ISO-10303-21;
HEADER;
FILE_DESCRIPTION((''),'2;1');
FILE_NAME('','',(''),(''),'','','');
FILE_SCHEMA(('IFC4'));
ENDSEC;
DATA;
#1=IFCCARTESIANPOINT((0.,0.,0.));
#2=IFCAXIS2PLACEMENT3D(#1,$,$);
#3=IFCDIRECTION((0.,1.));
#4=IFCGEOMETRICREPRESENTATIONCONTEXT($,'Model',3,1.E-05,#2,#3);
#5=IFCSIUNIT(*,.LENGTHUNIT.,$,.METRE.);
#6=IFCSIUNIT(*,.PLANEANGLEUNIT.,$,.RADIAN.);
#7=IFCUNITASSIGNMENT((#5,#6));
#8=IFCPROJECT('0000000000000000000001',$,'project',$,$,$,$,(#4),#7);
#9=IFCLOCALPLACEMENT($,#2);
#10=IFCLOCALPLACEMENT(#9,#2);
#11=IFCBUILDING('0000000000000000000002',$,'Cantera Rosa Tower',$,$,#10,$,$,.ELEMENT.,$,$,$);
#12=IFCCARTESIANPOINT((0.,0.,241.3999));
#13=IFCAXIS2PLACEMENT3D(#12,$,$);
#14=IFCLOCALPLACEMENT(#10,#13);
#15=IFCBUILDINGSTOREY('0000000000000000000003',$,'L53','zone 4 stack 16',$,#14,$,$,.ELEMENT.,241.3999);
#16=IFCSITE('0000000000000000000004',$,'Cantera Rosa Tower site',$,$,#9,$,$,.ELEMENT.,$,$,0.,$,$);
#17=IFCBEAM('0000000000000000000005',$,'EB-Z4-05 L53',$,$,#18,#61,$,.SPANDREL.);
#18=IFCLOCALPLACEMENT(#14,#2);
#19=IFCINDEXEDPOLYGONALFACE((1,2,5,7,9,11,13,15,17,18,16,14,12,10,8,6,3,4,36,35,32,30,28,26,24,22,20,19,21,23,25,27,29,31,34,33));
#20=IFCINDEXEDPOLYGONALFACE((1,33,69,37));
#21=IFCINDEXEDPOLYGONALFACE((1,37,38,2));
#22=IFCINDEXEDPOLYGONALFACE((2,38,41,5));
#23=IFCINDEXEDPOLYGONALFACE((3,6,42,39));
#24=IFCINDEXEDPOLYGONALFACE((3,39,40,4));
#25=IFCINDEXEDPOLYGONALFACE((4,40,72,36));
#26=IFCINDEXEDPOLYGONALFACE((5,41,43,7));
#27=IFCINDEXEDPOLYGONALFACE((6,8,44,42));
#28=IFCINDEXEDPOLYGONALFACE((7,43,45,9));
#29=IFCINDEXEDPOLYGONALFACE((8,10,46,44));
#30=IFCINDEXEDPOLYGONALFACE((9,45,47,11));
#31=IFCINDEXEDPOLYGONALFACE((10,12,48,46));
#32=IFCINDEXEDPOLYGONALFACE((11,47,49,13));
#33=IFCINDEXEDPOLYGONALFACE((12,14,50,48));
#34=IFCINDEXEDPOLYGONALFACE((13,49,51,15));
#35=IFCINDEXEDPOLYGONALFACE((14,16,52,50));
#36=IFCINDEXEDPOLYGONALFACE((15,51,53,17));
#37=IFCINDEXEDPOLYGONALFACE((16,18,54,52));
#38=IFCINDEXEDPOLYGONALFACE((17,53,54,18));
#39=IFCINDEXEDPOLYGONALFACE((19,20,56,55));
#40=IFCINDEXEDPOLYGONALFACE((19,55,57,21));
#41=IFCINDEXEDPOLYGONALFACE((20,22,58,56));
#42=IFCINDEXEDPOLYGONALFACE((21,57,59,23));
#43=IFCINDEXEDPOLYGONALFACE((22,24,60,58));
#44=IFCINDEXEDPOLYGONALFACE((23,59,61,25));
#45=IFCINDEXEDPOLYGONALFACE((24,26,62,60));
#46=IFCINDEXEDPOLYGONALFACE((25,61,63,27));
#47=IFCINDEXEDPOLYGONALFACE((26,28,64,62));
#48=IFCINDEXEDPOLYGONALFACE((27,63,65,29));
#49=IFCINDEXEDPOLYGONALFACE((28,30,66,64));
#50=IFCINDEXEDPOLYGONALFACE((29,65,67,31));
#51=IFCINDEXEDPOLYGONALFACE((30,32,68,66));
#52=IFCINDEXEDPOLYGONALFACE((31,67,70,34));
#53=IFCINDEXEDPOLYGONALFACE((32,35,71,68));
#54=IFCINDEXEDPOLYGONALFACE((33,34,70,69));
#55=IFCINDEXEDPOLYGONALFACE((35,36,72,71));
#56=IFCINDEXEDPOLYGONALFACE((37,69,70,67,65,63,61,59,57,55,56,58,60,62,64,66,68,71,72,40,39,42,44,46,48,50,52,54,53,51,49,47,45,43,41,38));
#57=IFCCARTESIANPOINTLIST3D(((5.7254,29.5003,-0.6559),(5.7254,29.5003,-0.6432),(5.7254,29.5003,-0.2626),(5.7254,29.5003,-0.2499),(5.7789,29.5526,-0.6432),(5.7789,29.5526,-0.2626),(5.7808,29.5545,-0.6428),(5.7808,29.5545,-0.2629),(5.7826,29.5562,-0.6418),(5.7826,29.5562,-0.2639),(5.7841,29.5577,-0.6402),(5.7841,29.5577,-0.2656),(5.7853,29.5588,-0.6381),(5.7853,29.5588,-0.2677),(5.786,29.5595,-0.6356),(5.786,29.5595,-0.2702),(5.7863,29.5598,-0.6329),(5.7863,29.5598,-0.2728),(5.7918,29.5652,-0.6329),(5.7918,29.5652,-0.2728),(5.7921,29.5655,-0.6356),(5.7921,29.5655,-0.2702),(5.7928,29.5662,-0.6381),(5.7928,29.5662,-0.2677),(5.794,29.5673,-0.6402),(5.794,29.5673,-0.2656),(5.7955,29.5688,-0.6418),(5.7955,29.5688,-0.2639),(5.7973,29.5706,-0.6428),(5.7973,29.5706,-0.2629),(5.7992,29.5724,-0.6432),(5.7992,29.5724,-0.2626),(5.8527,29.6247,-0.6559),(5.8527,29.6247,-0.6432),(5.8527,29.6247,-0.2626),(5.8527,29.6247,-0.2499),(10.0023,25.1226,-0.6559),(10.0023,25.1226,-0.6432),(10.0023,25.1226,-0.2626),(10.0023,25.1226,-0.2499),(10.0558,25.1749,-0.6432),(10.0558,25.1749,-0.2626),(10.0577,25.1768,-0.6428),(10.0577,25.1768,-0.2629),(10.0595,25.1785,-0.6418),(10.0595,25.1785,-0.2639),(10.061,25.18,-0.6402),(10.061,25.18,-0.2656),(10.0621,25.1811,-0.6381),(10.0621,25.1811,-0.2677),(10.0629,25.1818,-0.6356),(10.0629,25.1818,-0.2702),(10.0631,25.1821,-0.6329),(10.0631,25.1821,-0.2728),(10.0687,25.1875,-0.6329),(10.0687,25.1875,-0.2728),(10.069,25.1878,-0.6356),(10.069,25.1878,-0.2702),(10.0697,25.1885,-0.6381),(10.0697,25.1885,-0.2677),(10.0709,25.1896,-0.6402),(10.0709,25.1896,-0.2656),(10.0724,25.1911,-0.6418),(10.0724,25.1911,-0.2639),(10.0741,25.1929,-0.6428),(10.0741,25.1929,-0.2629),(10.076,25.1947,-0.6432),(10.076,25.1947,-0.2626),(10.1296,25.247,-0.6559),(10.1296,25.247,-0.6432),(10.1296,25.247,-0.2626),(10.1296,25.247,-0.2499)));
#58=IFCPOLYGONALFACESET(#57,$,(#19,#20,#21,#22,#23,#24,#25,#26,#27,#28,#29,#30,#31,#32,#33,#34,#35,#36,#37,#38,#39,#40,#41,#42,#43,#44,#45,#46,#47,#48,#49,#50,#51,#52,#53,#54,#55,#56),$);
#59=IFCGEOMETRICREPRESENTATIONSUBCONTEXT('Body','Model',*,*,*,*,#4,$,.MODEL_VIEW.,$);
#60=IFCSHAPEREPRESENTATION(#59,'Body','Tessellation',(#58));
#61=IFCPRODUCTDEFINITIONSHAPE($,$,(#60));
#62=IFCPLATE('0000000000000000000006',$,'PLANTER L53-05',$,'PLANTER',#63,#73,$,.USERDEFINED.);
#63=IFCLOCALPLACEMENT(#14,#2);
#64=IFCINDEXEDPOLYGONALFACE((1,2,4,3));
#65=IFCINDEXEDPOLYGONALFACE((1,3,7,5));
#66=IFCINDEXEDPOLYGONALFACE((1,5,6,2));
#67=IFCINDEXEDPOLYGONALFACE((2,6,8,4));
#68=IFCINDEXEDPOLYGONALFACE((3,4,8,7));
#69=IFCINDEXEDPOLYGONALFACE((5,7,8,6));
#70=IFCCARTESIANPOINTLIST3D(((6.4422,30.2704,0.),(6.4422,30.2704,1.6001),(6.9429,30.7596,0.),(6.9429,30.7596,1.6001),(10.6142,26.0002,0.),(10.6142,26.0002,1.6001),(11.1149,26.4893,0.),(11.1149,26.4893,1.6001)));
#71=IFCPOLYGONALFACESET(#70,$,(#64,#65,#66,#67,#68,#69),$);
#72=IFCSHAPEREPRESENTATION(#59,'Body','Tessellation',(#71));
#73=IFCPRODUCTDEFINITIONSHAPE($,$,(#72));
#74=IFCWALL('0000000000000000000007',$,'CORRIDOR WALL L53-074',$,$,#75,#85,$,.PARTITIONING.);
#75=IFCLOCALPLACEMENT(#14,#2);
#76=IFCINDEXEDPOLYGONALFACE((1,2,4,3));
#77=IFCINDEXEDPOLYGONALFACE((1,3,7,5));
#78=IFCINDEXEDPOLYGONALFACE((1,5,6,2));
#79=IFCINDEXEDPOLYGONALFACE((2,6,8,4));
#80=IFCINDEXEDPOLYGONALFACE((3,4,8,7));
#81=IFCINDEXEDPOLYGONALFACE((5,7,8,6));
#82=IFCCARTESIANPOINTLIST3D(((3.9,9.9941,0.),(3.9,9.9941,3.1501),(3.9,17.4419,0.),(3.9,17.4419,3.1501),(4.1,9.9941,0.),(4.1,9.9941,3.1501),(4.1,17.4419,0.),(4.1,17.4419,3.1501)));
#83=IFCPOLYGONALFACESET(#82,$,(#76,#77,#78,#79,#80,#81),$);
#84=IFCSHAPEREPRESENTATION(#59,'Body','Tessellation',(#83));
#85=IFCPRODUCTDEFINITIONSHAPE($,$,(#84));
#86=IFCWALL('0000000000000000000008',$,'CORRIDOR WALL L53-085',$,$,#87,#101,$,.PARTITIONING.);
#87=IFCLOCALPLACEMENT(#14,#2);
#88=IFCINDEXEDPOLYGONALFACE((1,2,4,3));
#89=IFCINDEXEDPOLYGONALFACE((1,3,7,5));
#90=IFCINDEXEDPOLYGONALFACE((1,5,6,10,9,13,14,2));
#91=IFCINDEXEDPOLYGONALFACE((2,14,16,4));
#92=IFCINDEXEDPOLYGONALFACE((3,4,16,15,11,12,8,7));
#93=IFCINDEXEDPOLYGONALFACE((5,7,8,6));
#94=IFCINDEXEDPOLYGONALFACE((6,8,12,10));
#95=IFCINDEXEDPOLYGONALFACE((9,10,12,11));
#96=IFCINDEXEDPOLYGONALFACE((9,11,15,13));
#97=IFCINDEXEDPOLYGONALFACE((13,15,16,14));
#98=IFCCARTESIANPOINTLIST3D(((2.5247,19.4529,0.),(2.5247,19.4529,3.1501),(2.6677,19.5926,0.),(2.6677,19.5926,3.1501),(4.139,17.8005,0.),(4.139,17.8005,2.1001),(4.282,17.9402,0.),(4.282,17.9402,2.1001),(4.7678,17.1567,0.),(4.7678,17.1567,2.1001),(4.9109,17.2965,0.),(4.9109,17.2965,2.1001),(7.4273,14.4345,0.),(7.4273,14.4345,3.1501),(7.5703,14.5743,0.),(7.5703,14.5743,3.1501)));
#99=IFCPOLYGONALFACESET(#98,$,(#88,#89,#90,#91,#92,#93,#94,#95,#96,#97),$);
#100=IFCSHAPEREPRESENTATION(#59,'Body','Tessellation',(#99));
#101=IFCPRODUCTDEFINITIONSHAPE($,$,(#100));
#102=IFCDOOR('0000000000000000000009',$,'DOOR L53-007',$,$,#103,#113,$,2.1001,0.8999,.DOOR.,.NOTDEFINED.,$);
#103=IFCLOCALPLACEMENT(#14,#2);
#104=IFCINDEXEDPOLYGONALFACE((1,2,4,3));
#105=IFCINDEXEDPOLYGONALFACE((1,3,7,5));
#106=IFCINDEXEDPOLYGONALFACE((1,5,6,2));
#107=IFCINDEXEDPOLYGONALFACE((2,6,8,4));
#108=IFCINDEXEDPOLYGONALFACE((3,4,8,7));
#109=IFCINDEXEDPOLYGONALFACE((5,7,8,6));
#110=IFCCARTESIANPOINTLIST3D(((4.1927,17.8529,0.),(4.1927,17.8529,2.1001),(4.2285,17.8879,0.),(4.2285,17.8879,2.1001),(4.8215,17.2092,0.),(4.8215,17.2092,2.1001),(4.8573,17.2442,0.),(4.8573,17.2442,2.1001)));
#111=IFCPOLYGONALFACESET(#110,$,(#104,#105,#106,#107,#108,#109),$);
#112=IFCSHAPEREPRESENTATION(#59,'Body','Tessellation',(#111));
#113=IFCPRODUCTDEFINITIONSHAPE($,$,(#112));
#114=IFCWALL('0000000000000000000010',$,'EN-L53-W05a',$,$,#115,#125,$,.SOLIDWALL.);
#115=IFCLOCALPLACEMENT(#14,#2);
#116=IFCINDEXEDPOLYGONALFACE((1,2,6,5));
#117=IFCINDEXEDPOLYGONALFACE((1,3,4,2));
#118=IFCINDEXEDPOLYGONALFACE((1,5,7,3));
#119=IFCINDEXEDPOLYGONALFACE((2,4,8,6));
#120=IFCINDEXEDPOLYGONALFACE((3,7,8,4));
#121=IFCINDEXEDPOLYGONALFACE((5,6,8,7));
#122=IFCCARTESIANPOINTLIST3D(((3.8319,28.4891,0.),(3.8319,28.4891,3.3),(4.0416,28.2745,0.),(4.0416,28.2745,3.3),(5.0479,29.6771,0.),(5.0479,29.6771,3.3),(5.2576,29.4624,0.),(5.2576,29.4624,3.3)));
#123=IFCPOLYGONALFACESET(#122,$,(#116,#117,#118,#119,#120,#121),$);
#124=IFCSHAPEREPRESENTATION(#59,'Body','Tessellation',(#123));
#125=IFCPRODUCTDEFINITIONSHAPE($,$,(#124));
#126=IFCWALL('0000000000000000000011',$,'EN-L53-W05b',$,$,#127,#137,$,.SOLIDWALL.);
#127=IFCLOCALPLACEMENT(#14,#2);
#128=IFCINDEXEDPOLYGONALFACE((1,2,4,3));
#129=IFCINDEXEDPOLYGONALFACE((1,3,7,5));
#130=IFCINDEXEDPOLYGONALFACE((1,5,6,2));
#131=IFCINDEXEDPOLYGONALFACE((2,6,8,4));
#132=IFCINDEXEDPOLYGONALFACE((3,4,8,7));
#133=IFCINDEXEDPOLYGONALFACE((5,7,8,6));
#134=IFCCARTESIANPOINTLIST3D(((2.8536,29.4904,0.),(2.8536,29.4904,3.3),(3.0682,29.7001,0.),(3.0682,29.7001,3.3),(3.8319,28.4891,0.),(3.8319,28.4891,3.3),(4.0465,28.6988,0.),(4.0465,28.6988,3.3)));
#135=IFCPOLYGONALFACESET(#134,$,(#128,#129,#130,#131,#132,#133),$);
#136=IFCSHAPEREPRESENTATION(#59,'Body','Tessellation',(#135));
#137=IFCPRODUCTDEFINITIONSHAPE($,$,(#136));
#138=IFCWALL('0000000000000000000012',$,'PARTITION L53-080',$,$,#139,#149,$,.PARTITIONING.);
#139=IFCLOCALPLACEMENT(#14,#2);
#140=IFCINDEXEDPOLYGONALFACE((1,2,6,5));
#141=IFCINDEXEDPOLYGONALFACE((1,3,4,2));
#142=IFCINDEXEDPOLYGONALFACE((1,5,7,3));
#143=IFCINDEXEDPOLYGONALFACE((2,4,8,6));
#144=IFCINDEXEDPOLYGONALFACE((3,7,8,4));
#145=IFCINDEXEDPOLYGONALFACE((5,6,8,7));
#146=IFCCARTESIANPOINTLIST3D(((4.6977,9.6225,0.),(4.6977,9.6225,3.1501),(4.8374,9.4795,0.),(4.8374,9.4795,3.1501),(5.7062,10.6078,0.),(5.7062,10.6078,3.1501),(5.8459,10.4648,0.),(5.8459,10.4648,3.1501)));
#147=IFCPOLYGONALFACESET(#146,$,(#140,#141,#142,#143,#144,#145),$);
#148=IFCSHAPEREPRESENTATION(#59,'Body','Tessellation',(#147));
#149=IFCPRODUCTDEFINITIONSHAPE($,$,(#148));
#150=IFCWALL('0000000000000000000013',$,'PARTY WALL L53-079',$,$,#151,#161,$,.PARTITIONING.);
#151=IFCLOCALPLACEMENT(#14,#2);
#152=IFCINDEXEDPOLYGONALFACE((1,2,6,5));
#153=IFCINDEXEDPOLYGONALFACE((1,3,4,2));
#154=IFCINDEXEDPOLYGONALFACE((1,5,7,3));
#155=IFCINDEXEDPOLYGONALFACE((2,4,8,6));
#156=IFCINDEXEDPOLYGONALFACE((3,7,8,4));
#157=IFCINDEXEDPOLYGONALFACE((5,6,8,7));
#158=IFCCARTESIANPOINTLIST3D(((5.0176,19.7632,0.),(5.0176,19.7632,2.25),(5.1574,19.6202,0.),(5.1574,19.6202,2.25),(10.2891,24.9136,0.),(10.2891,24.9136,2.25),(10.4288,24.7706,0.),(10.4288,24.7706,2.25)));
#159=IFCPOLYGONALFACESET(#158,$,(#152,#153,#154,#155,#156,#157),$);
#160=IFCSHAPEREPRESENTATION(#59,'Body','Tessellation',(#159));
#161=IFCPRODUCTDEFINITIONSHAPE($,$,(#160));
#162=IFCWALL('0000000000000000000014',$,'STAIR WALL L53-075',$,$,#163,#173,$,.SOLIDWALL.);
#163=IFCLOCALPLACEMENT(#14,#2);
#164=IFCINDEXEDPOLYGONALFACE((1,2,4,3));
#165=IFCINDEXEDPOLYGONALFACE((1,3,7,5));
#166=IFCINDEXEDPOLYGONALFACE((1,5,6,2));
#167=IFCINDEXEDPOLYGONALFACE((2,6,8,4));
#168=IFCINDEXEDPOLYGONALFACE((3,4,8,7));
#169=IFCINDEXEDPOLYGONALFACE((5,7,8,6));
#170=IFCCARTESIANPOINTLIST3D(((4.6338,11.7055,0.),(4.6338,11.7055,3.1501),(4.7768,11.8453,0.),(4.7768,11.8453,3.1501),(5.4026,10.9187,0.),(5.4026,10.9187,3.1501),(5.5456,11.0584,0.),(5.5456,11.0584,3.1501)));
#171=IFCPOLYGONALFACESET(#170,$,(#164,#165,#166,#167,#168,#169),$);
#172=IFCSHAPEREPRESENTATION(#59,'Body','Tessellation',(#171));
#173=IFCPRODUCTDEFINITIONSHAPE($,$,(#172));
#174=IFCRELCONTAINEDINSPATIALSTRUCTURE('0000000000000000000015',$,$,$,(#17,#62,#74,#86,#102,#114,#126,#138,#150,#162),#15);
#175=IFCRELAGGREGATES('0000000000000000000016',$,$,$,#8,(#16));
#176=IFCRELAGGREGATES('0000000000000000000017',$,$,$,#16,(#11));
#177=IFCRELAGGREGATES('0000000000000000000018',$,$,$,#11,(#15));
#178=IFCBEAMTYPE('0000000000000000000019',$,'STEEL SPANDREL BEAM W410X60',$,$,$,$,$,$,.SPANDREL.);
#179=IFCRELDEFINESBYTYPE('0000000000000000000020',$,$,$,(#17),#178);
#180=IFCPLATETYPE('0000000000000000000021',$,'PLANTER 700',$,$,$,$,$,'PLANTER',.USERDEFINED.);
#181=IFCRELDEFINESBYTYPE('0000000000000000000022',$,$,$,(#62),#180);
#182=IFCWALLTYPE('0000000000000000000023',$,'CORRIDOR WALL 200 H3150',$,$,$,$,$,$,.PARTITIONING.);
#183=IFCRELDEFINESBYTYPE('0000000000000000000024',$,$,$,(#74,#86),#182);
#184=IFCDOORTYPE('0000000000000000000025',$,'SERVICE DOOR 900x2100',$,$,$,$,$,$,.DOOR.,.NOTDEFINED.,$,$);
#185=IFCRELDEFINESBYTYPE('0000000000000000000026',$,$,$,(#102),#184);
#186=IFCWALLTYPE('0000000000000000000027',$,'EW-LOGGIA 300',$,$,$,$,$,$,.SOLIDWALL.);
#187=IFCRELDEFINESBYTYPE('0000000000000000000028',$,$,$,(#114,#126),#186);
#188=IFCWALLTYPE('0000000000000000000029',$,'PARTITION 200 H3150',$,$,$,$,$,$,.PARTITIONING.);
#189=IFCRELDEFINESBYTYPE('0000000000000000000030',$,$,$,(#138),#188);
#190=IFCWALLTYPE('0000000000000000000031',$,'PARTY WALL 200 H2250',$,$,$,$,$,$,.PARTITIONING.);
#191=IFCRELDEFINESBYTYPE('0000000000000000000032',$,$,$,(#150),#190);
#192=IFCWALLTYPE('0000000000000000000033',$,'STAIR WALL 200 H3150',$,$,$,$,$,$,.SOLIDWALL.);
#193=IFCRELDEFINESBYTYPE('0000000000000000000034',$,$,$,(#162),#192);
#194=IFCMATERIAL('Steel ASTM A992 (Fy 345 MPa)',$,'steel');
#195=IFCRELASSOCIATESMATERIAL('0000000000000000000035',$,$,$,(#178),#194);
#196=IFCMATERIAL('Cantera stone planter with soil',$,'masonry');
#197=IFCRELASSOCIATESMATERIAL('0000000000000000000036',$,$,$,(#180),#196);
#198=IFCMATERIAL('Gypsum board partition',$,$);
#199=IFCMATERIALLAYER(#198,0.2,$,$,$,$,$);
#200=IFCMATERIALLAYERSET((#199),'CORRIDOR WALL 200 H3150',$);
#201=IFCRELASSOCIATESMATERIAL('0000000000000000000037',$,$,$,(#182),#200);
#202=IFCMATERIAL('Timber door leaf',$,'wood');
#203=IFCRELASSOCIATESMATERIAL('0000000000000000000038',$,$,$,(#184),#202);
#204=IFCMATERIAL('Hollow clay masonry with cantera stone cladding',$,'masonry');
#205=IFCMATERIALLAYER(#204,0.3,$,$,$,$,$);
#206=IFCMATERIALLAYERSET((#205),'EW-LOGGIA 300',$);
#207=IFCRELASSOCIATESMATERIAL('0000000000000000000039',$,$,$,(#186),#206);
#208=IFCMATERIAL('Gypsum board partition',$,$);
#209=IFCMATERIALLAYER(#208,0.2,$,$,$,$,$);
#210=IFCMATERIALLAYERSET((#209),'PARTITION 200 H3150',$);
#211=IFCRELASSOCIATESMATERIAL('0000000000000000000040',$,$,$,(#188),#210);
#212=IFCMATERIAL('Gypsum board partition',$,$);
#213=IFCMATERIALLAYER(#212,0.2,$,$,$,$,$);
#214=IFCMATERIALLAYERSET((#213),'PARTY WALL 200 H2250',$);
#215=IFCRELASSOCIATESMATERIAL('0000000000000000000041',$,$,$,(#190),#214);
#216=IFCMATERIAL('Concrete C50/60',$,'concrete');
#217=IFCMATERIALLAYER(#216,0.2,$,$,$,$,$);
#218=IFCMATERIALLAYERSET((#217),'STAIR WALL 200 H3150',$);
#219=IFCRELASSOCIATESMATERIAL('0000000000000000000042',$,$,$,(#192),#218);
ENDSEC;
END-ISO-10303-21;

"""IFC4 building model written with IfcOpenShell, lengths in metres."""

from ifc_helpers import new_model, si_unit, direction, frame, frame_2d, origin, origin_2d, place, context, subcontext, project, spatial, rectangle, i_section, extrude, material, layer, layer_set, material_profile, profile_set, type_object, element, fill, save


model = new_model("IFC4")

# Units and contexts
model_context = context("Model", 3, precision=1e-05, world=origin(), true_north=direction((0.0, 1.0)))
body_context = subcontext(model_context, "Body", "Model", "MODEL_VIEW")
ifc_project = project(units=[si_unit("LENGTHUNIT", "METRE"), si_unit("PLANEANGLEUNIT", "RADIAN")], contexts=[model_context])

# Site, building, storey
site_placement = place(None, origin())
site = spatial("IfcSite", under=ifc_project, at=site_placement, Name="Cantera Rosa Tower site", CompositionType="ELEMENT", RefElevation=0.0)
building_placement = place(site_placement, origin())
building = spatial("IfcBuilding", under=site, at=building_placement, Name="Cantera Rosa Tower", CompositionType="ELEMENT")
storey_placement = place(building_placement, frame((0.0, 0.0, 241.3999)))
storey = spatial("IfcBuildingStorey", under=building, at=storey_placement, Name="L53", Description="zone 4 stack 16", CompositionType="ELEMENT", Elevation=241.3999)

# Beam
ifc_material_1 = material(Name="Steel ASTM A992 (Fy 345 MPa)", Category="steel")
ifc_material_profile_1 = material_profile(ifc_material_1, i_section(OverallWidth=0.178, OverallDepth=0.406, WebThickness=0.0078, FlangeThickness=0.0127, FilletRadius=0.0103, at=origin_2d()), Name="W410X60")
ifc_profile_set_1 = profile_set([ifc_material_profile_1], Name="Steel ASTM A992 (Fy 345 MPa)")
beam_type_1 = type_object("IfcBeamType", Name="STEEL SPANDREL BEAM W410X60", PredefinedType="SPANDREL", material=ifc_profile_set_1)
beam_1_placement = place(storey_placement, frame((10.0659, 25.1848, -0.4529), z_axis=(-0.698821, 0.715296, 0.0), x_axis=(-0.715296, -0.698821, 0.0)))
element("IfcBeam", 1, at=beam_1_placement, inside=storey, type_object=beam_type_1, Name="EB-Z4-05 L53", PredefinedType="SPANDREL", context=body_context, shape_type="SweptSolid", body=[
    extrude(i_section(OverallWidth=0.178, OverallDepth=0.406, WebThickness=0.0078, FlangeThickness=0.0127, FilletRadius=0.0103, at=origin_2d()), origin(), (0.0, 0.0, 1.0), 6.1201),
])

# Plate
ifc_material_2 = material(Name="Cantera stone planter with soil", Category="masonry")
plate_type = type_object("IfcPlateType", Name="PLANTER 700", ElementType="PLANTER", PredefinedType="USERDEFINED", material=ifc_material_2)
plate_placement = place(storey_placement, frame((8.7786, 28.3799, 0.0), z_axis=(0.0, 0.0, 1.0), x_axis=(-0.698832, 0.715286, 0.0)))
element("IfcPlate", 2, at=plate_placement, inside=storey, type_object=plate_type, Name="PLANTER L53-05", ObjectType="PLANTER", PredefinedType="USERDEFINED", context=body_context, shape_type="SweptSolid", body=[
    extrude(rectangle(XDim=5.97, YDim=0.7, at=origin_2d()), origin(), (0.0, 0.0, 1.0), 1.6001),
])

# Wall
ifc_material_3 = material(Name="Gypsum board partition")
ifc_layer_1 = layer(ifc_material_3, 0.2)
ifc_layer_set_1 = layer_set([ifc_layer_1], Name="CORRIDOR WALL 200 H3150")
wall_type_1 = type_object("IfcWallType", Name="CORRIDOR WALL 200 H3150", PredefinedType="PARTITIONING", material=ifc_layer_set_1)
wall_1_placement = place(storey_placement, frame((4.0, 9.9941, 0.0), z_axis=(0.0, 0.0, 1.0), x_axis=(0.0, 1.0, 0.0)))
element("IfcWall", 3, at=wall_1_placement, inside=storey, type_object=wall_type_1, Name="CORRIDOR WALL L53-074", PredefinedType="PARTITIONING", context=body_context, shape_type="SweptSolid", body=[
    extrude(rectangle(XDim=7.4478, YDim=0.2, at=frame_2d((3.7239, 0.0))), origin(), (0.0, 0.0, 1.0), 3.1501),
])

# Wall, opening, door
wall_2_placement = place(storey_placement, frame((7.4988, 14.5044, 0.0), z_axis=(0.0, 0.0, 1.0), x_axis=(-0.698811, 0.715306, 0.0)))
wall_2 = element("IfcWall", 4, at=wall_2_placement, inside=storey, type_object=wall_type_1, Name="CORRIDOR WALL L53-085", PredefinedType="PARTITIONING", context=body_context, shape_type="SweptSolid", body=[
    extrude(rectangle(XDim=7.0156, YDim=0.2, at=frame_2d((3.5078, 0.0))), origin(), (0.0, 0.0, 1.0), 3.1501),
])
opening_1_placement = place(wall_2_placement, frame((3.8057, 0.0, 0.0)))
opening_1 = element("IfcOpeningElement", 5, at=opening_1_placement, cuts=wall_2, PredefinedType="OPENING", context=body_context, shape_type="SweptSolid", body=[
    extrude(rectangle(XDim=0.8999, YDim=2.1001, at=frame_2d((0.45, 1.05))), frame((0.0, 0.1099, 0.0), z_axis=(0.0, -1.0, 0.0), x_axis=(1.0, 0.0, 0.0)), (0.0, 0.0, 1.0), 0.22),
])
ifc_material_4 = material(Name="Timber door leaf", Category="wood")
door_type_1 = type_object("IfcDoorType", Name="SERVICE DOOR 900x2100", OperationType="NOTDEFINED", PredefinedType="DOOR", material=ifc_material_4)
door_1_placement = place(opening_1_placement, origin())
door_1 = element("IfcDoor", 6, at=door_1_placement, inside=storey, type_object=door_type_1, Name="DOOR L53-007", OperationType="NOTDEFINED", OverallHeight=2.1001, OverallWidth=0.8999, PredefinedType="DOOR", context=body_context, shape_type="SweptSolid", body=[
    extrude(rectangle(XDim=0.8999, YDim=2.1001, at=frame_2d((0.45, 1.05))), frame((0.0, 0.0249, 0.0), z_axis=(0.0, -1.0, 0.0), x_axis=(1.0, 0.0, 0.0)), (0.0, 0.0, 1.0), 0.05),
])
fill(opening_1, door_1)

# Walls
ifc_material_5 = material(Name="Hollow clay masonry with cantera stone cladding", Category="masonry")
ifc_layer_2 = layer(ifc_material_5, 0.3)
ifc_layer_set_2 = layer_set([ifc_layer_2], Name="EW-LOGGIA 300")
wall_type_2 = type_object("IfcWallType", Name="EW-LOGGIA 300", PredefinedType="SOLIDWALL", material=ifc_layer_set_2)
wall_3_placement = place(storey_placement, frame((5.1528, 29.5698, 0.0), z_axis=(0.0, 0.0, 1.0), x_axis=(-0.715316, -0.698801, 0.0)))
element("IfcWall", 7, at=wall_3_placement, inside=storey, type_object=wall_type_2, Name="EN-L53-W05a", PredefinedType="SOLIDWALL", context=body_context, shape_type="SweptSolid", body=[
    extrude(rectangle(XDim=1.7, YDim=0.3, at=frame_2d((0.8501, 0.0))), origin(), (0.0, 0.0, 1.0), 3.3),
])
wall_4_placement = place(storey_placement, frame((3.9392, 28.594, 0.0), z_axis=(0.0, 0.0, 1.0), x_axis=(-0.698862, 0.715257, 0.0)))
element("IfcWall", 8, at=wall_4_placement, inside=storey, type_object=wall_type_2, Name="EN-L53-W05b", PredefinedType="SOLIDWALL", context=body_context, shape_type="SweptSolid", body=[
    extrude(rectangle(XDim=1.3999, YDim=0.3, at=frame_2d((0.7, 0.0))), origin(), (0.0, 0.0, 1.0), 3.3),
])

# Walls
ifc_material_6 = material(Name="Gypsum board partition")
ifc_layer_3 = layer(ifc_material_6, 0.2)
ifc_layer_set_3 = layer_set([ifc_layer_3], Name="PARTITION 200 H3150")
wall_type_3 = type_object("IfcWallType", Name="PARTITION 200 H3150", PredefinedType="PARTITIONING", material=ifc_layer_set_3)
wall_5_placement = place(storey_placement, frame((5.7761, 10.5364, 0.0), z_axis=(0.0, 0.0, 1.0), x_axis=(-0.715284, -0.698834, 0.0)))
element("IfcWall", 9, at=wall_5_placement, inside=storey, type_object=wall_type_3, Name="PARTITION L53-080", PredefinedType="PARTITIONING", context=body_context, shape_type="SweptSolid", body=[
    extrude(rectangle(XDim=1.4099, YDim=0.2, at=frame_2d((0.7051, 0.0))), origin(), (0.0, 0.0, 1.0), 3.1501),
])
ifc_material_7 = material(Name="Gypsum board partition")
ifc_layer_4 = layer(ifc_material_7, 0.2)
ifc_layer_set_4 = layer_set([ifc_layer_4], Name="PARTY WALL 200 H2250")
wall_type_4 = type_object("IfcWallType", Name="PARTY WALL 200 H2250", PredefinedType="PARTITIONING", material=ifc_layer_set_4)
wall_6_placement = place(storey_placement, frame((5.0874, 19.6917, 0.0), z_axis=(0.0, 0.0, 1.0), x_axis=(0.715275, 0.698844, 0.0)))
element("IfcWall", 10, at=wall_6_placement, inside=storey, type_object=wall_type_4, Name="PARTY WALL L53-079", PredefinedType="PARTITIONING", context=body_context, shape_type="SweptSolid", body=[
    extrude(rectangle(XDim=7.3699, YDim=0.2, at=frame_2d((3.6851, 0.0))), origin(), (0.0, 0.0, 1.0), 2.25),
])
ifc_material_8 = material(Name="Concrete C50/60", Category="concrete")
ifc_layer_5 = layer(ifc_material_8, 0.2)
ifc_layer_set_5 = layer_set([ifc_layer_5], Name="STAIR WALL 200 H3150")
wall_type_5 = type_object("IfcWallType", Name="STAIR WALL 200 H3150", PredefinedType="SOLIDWALL", material=ifc_layer_set_5)
wall_7_placement = place(storey_placement, frame((4.7053, 11.7754, 0.0), z_axis=(0.0, 0.0, 1.0), x_axis=(0.698848, -0.71527, 0.0)))
element("IfcWall", 11, at=wall_7_placement, inside=storey, type_object=wall_type_5, Name="STAIR WALL L53-075", PredefinedType="SOLIDWALL", context=body_context, shape_type="SweptSolid", body=[
    extrude(rectangle(XDim=1.1001, YDim=0.2, at=frame_2d((0.55, 0.0))), origin(), (0.0, 0.0, 1.0), 3.1501),
])

save(model, "model.ifc")
